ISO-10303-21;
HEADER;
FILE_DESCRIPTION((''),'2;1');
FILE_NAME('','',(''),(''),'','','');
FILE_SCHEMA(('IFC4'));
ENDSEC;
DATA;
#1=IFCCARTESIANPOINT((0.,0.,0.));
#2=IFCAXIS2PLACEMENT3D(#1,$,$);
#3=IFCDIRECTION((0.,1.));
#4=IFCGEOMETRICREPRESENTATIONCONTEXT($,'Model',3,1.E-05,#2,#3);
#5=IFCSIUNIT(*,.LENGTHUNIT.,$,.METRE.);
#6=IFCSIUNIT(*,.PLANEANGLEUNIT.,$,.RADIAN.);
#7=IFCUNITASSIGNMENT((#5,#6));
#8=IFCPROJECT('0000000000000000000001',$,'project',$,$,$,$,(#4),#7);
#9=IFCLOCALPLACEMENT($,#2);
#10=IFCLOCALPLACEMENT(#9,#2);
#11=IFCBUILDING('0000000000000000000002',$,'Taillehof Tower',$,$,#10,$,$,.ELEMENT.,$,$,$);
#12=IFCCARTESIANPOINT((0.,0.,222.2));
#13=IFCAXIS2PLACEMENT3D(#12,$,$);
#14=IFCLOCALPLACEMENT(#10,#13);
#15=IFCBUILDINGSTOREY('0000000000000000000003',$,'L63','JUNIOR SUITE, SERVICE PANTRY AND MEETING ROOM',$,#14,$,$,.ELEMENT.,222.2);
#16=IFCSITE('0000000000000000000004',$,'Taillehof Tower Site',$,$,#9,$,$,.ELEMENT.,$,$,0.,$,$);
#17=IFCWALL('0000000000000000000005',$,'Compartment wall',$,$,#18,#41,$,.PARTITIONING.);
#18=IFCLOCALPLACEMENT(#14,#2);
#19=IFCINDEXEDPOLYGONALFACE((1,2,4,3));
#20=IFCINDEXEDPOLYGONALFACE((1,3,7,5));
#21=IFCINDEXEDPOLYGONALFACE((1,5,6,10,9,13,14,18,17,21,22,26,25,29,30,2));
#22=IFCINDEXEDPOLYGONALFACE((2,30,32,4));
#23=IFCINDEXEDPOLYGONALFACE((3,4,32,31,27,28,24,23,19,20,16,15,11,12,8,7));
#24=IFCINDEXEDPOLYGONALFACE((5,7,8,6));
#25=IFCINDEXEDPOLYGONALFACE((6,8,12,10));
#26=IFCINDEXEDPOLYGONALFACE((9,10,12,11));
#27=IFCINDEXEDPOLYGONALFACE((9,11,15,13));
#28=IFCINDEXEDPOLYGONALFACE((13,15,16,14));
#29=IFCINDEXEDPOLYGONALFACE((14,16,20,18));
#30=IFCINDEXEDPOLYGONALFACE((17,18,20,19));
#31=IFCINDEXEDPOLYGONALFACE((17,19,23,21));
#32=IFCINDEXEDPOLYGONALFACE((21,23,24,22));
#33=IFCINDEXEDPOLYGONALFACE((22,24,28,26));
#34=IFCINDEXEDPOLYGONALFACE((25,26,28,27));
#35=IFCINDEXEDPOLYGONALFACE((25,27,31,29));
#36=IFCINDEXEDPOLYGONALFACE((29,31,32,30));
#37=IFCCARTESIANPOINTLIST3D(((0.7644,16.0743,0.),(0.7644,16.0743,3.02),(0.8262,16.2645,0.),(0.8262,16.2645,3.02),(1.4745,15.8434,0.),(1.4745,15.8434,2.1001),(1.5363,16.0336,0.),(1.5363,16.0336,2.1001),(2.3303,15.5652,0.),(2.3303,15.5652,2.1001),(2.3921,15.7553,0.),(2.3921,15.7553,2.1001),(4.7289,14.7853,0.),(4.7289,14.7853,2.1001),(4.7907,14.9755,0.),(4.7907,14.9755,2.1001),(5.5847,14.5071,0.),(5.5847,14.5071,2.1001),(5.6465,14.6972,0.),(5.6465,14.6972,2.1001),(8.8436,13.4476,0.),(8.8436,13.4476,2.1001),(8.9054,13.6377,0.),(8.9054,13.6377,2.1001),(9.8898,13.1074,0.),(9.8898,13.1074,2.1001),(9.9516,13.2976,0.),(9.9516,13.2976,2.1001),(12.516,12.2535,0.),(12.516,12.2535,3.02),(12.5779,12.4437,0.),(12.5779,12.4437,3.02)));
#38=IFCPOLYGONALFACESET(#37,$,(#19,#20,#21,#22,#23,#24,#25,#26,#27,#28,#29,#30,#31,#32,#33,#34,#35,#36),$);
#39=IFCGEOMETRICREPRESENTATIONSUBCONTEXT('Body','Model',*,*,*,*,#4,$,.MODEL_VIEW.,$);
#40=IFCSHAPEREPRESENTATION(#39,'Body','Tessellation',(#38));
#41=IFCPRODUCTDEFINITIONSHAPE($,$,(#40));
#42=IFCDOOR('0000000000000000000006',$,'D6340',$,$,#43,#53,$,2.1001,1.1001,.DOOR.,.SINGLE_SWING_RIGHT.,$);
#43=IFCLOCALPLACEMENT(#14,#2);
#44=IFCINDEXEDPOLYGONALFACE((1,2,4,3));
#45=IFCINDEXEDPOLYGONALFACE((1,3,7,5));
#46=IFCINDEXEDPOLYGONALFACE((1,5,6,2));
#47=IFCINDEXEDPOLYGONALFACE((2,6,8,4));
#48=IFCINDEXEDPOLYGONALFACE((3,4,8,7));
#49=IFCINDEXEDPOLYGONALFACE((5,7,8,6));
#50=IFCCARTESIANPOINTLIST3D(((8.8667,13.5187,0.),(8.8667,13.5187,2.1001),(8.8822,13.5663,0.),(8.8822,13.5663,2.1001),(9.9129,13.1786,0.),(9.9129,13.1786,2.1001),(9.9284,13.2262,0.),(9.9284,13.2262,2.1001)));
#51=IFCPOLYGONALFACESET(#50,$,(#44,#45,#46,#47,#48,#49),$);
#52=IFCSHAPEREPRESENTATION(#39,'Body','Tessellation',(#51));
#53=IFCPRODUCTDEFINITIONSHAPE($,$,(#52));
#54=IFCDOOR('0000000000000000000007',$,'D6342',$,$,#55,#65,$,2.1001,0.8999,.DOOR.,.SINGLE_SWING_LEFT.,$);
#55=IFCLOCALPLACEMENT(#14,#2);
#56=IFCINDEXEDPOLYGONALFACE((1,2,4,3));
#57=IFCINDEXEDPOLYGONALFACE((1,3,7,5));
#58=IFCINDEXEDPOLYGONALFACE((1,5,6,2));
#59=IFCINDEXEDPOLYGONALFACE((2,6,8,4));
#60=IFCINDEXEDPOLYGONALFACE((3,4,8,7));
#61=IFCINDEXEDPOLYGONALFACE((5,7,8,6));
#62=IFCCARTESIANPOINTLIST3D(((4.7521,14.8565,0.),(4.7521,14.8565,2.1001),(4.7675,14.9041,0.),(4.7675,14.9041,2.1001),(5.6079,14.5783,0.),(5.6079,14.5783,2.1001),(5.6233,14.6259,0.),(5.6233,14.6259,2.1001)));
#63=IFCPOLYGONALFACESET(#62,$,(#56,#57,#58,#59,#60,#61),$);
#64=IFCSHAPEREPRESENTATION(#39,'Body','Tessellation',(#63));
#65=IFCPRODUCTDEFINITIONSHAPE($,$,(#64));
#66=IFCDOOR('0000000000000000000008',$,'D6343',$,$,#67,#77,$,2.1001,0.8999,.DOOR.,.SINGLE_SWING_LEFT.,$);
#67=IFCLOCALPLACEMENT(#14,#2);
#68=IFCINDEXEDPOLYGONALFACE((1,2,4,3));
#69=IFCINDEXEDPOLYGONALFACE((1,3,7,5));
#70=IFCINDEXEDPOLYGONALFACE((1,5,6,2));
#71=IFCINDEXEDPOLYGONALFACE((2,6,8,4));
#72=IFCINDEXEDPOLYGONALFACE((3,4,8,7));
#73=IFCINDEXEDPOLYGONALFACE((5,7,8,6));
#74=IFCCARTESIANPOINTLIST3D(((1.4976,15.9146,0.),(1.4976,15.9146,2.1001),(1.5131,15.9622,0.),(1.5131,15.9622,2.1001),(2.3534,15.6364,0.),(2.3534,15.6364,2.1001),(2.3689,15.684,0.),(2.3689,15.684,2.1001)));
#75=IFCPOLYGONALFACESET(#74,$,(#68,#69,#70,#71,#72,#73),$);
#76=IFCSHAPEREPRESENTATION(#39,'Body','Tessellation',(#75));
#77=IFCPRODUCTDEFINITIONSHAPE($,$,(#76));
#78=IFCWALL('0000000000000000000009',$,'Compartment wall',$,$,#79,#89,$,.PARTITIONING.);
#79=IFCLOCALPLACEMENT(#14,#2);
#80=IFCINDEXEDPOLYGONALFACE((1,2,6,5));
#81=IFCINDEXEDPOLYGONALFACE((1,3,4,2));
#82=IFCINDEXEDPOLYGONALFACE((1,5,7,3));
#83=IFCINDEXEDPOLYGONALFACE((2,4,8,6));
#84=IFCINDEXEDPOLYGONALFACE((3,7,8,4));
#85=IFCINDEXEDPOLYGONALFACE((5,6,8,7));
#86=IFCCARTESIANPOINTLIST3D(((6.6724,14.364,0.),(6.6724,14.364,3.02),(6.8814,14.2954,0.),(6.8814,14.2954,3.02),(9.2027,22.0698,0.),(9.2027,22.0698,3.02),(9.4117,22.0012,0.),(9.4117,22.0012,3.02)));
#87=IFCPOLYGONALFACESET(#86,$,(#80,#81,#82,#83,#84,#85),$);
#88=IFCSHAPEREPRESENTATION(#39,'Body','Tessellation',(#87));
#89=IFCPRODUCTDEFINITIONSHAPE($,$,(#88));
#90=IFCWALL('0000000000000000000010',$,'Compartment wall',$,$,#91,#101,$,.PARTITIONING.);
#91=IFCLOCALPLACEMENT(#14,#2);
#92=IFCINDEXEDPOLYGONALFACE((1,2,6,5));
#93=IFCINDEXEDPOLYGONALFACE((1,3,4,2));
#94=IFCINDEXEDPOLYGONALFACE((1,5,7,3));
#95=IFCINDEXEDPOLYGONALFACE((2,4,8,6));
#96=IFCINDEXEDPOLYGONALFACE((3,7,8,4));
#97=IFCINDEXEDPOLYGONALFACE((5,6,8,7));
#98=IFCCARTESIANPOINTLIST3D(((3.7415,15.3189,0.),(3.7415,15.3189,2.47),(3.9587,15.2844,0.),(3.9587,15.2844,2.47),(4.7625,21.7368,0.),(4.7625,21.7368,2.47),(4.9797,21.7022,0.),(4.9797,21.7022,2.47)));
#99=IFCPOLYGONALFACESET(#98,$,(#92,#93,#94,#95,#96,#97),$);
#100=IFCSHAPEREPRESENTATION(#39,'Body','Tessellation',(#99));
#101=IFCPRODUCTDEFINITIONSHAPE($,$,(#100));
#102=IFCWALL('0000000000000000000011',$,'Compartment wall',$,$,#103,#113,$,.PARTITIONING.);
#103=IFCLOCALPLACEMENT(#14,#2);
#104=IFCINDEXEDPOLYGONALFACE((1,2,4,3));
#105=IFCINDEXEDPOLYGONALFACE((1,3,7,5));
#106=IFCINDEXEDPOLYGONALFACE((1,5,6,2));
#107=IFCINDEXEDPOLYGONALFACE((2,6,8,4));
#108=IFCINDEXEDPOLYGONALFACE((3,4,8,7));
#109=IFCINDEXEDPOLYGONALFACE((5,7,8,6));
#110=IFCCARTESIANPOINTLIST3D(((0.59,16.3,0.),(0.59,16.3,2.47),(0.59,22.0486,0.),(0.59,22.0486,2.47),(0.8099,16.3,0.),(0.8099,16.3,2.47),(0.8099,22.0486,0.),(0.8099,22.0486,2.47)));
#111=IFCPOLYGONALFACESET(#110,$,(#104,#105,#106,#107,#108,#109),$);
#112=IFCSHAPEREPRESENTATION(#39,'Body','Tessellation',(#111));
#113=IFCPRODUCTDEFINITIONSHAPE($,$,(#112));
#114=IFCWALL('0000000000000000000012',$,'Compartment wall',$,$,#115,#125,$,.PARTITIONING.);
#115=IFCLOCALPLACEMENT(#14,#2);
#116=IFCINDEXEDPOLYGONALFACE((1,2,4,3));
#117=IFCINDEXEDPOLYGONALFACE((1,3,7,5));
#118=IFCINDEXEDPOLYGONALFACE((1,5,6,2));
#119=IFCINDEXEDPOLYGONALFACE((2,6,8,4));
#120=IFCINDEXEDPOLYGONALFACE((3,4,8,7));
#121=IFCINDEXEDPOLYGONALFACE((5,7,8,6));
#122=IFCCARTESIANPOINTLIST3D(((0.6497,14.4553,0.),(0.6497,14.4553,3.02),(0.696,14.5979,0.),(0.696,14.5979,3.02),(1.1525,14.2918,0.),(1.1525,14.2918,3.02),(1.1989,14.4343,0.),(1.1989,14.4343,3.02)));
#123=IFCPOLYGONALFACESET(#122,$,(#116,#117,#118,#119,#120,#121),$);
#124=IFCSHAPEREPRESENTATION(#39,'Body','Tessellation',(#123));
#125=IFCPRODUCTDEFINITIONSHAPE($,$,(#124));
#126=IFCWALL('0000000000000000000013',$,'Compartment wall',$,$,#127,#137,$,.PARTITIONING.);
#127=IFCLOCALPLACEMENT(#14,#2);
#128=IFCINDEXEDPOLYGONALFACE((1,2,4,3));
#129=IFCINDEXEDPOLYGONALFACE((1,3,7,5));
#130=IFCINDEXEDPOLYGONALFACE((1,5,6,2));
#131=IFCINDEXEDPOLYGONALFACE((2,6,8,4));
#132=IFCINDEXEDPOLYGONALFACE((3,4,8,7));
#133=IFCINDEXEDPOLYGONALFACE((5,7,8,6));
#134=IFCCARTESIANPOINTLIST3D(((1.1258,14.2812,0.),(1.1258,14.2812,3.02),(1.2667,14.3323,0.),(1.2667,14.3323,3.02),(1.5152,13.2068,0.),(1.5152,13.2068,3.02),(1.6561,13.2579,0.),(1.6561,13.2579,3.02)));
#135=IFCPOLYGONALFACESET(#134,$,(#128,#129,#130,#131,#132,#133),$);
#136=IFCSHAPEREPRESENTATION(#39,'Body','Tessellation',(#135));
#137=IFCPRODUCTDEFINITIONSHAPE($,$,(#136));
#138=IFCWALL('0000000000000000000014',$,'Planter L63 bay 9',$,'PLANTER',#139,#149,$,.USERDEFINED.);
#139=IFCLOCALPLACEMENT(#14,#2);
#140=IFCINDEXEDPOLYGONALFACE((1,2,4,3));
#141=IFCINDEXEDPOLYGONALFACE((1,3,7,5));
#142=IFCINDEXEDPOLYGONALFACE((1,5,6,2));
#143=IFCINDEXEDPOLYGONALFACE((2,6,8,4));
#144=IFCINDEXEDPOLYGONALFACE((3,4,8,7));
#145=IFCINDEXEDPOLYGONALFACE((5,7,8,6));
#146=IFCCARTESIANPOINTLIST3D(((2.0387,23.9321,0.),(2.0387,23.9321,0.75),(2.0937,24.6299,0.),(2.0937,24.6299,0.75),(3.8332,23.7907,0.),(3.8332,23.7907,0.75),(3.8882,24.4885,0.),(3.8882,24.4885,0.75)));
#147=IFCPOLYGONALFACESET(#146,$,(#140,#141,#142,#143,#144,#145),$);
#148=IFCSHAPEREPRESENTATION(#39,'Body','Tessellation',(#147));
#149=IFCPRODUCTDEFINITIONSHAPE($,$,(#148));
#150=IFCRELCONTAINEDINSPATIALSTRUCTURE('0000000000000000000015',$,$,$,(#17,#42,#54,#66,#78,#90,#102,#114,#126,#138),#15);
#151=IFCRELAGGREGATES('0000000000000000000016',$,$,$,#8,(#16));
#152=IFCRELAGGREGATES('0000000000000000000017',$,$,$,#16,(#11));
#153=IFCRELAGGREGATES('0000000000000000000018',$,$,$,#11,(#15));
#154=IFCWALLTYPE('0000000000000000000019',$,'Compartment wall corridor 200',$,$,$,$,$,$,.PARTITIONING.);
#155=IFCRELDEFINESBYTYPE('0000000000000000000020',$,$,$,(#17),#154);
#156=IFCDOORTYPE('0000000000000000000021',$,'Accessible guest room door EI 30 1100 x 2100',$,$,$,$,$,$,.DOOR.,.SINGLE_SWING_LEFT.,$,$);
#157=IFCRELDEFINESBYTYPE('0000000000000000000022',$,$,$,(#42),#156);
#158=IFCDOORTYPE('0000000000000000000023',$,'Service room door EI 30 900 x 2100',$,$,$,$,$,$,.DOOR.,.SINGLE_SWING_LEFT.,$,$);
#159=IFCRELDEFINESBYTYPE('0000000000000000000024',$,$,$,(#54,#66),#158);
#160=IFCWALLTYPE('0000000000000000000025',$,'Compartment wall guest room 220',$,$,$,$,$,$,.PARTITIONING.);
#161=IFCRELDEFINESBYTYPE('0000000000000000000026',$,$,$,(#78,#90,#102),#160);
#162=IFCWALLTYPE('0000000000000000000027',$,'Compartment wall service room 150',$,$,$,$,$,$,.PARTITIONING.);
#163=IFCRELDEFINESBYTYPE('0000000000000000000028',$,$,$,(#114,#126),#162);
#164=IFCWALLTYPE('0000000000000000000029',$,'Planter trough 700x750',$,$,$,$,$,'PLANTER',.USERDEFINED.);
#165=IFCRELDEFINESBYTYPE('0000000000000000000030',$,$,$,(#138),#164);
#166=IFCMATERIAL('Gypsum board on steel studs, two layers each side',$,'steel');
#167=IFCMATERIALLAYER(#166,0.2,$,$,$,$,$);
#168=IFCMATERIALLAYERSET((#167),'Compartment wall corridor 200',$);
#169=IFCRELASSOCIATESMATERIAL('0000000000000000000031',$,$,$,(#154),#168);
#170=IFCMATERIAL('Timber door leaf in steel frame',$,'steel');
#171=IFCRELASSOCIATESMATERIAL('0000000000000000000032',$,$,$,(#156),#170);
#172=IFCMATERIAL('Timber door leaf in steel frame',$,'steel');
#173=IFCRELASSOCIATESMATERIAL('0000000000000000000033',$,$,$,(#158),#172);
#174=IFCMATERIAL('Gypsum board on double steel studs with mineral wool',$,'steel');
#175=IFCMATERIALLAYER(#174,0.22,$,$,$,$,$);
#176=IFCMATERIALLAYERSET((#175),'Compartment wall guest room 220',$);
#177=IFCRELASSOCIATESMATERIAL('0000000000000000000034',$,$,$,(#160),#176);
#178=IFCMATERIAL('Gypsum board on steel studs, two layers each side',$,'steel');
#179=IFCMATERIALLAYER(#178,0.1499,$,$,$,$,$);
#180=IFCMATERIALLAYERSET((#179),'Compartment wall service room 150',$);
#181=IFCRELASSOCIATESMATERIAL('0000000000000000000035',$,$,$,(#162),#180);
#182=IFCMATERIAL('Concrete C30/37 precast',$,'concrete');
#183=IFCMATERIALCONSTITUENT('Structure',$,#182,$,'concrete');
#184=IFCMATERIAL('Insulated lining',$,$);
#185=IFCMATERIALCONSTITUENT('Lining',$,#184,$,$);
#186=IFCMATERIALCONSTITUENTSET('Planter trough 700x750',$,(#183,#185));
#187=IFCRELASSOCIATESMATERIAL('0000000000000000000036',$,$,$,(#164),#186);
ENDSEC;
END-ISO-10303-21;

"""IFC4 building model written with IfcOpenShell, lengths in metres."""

from ifc_helpers import new_model, si_unit, direction, frame, frame_2d, origin, place, context, subcontext, project, spatial, rectangle, extrude, material, layer, layer_set, constituent, constituent_set, type_object, element, fill, save


model = new_model("IFC4")

# Units and contexts
model_context = context("Model", 3, precision=1e-05, world=origin(), true_north=direction((0.0, 1.0)))
body_context = subcontext(model_context, "Body", "Model", "MODEL_VIEW")
ifc_project = project(units=[si_unit("LENGTHUNIT", "METRE"), si_unit("PLANEANGLEUNIT", "RADIAN")], contexts=[model_context])

# Site, building, storey
site_placement = place(None, origin())
site = spatial("IfcSite", under=ifc_project, at=site_placement, Name="Taillehof Tower Site", CompositionType="ELEMENT", RefElevation=0.0)
building_placement = place(site_placement, origin())
building = spatial("IfcBuilding", under=site, at=building_placement, Name="Taillehof Tower", CompositionType="ELEMENT")
storey_placement = place(building_placement, frame((0.0, 0.0, 222.2)))
storey = spatial("IfcBuildingStorey", under=building, at=storey_placement, Name="L63", Description="JUNIOR SUITE, SERVICE PANTRY AND MEETING ROOM", CompositionType="ELEMENT", Elevation=222.2)

# Wall, openings, doors
ifc_material_1 = material(Name="Gypsum board on steel studs, two layers each side", Category="steel")
ifc_layer_1 = layer(ifc_material_1, 0.2)
ifc_layer_set_1 = layer_set([ifc_layer_1], Name="Compartment wall corridor 200")
wall_type_1 = type_object("IfcWallType", Name="Compartment wall corridor 200", PredefinedType="PARTITIONING", material=ifc_layer_set_1)
wall_1_placement = place(storey_placement, frame((0.7952, 16.1694, 0.0), z_axis=(0.0, 0.0, 1.0), x_axis=(0.950998, -0.309196, 0.0)))
wall_1 = element("IfcWall", 1, at=wall_1_placement, inside=storey, type_object=wall_type_1, Name="Compartment wall", PredefinedType="PARTITIONING", context=body_context, shape_type="SweptSolid", body=[
    extrude(rectangle(XDim=12.3572, YDim=0.2, at=frame_2d((6.1787, 0.0))), origin(), (0.0, 0.0, 1.0), 3.02),
])
opening_1_placement = place(wall_1_placement, frame((8.4956, 0.0, 0.0)))
opening_1 = element("IfcOpeningElement", 2, at=opening_1_placement, cuts=wall_1, PredefinedType="OPENING", context=body_context, shape_type="SweptSolid", body=[
    extrude(rectangle(XDim=1.1001, YDim=2.1001, at=frame_2d((0.55, 1.05))), frame((0.0, 0.1099, 0.0), z_axis=(0.0, -1.0, 0.0), x_axis=(1.0, 0.0, 0.0)), (0.0, 0.0, 1.0), 0.22),
])
opening_2_placement = place(wall_1_placement, frame((4.1689, 0.0, 0.0)))
opening_2 = element("IfcOpeningElement", 3, at=opening_2_placement, cuts=wall_1, PredefinedType="OPENING", context=body_context, shape_type="SweptSolid", body=[
    extrude(rectangle(XDim=0.8999, YDim=2.1001, at=frame_2d((0.45, 1.05))), frame((0.0, 0.1099, 0.0), z_axis=(0.0, -1.0, 0.0), x_axis=(1.0, 0.0, 0.0)), (0.0, 0.0, 1.0), 0.22),
])
opening_3_placement = place(wall_1_placement, frame((0.7468, 0.0, 0.0)))
opening_3 = element("IfcOpeningElement", 4, at=opening_3_placement, cuts=wall_1, PredefinedType="OPENING", context=body_context, shape_type="SweptSolid", body=[
    extrude(rectangle(XDim=0.8999, YDim=2.1001, at=frame_2d((0.45, 1.05))), frame((0.0, 0.1099, 0.0), z_axis=(0.0, -1.0, 0.0), x_axis=(1.0, 0.0, 0.0)), (0.0, 0.0, 1.0), 0.22),
])
ifc_material_2 = material(Name="Timber door leaf in steel frame", Category="steel")
door_type_1 = type_object("IfcDoorType", Name="Accessible guest room door EI 30 1100 x 2100", OperationType="SINGLE_SWING_LEFT", PredefinedType="DOOR", material=ifc_material_2)
door_1_placement = place(opening_1_placement, origin())
door_1 = element("IfcDoor", 5, at=door_1_placement, inside=storey, type_object=door_type_1, Name="D6340", OperationType="SINGLE_SWING_RIGHT", OverallHeight=2.1001, OverallWidth=1.1001, PredefinedType="DOOR", context=body_context, shape_type="SweptSolid", body=[
    extrude(rectangle(XDim=1.1001, YDim=2.1001, at=frame_2d((0.55, 1.05))), frame((0.0, 0.0249, 0.0), z_axis=(0.0, -1.0, 0.0), x_axis=(1.0, 0.0, 0.0)), (0.0, 0.0, 1.0), 0.05),
])
fill(opening_1, door_1)
ifc_material_3 = material(Name="Timber door leaf in steel frame", Category="steel")
door_type_2 = type_object("IfcDoorType", Name="Service room door EI 30 900 x 2100", OperationType="SINGLE_SWING_LEFT", PredefinedType="DOOR", material=ifc_material_3)
door_2_placement = place(opening_2_placement, origin())
door_2 = element("IfcDoor", 6, at=door_2_placement, inside=storey, type_object=door_type_2, Name="D6342", OperationType="SINGLE_SWING_LEFT", OverallHeight=2.1001, OverallWidth=0.8999, PredefinedType="DOOR", context=body_context, shape_type="SweptSolid", body=[
    extrude(rectangle(XDim=0.8999, YDim=2.1001, at=frame_2d((0.45, 1.05))), frame((0.0, 0.0249, 0.0), z_axis=(0.0, -1.0, 0.0), x_axis=(1.0, 0.0, 0.0)), (0.0, 0.0, 1.0), 0.05),
])
fill(opening_2, door_2)
door_3_placement = place(opening_3_placement, origin())
door_3 = element("IfcDoor", 7, at=door_3_placement, inside=storey, type_object=door_type_2, Name="D6343", OperationType="SINGLE_SWING_LEFT", OverallHeight=2.1001, OverallWidth=0.8999, PredefinedType="DOOR", context=body_context, shape_type="SweptSolid", body=[
    extrude(rectangle(XDim=0.8999, YDim=2.1001, at=frame_2d((0.45, 1.05))), frame((0.0, 0.0249, 0.0), z_axis=(0.0, -1.0, 0.0), x_axis=(1.0, 0.0, 0.0)), (0.0, 0.0, 1.0), 0.05),
])
fill(opening_3, door_3)

# Walls
ifc_material_4 = material(Name="Gypsum board on double steel studs with mineral wool", Category="steel")
ifc_layer_2 = layer(ifc_material_4, 0.22)
ifc_layer_set_2 = layer_set([ifc_layer_2], Name="Compartment wall guest room 220")
wall_type_2 = type_object("IfcWallType", Name="Compartment wall guest room 220", PredefinedType="PARTITIONING", material=ifc_layer_set_2)
wall_2_placement = place(storey_placement, frame((9.3071, 22.0354, 0.0), z_axis=(0.0, 0.0, 1.0), x_axis=(-0.311971, -0.950092, 0.0)))
element("IfcWall", 8, at=wall_2_placement, inside=storey, type_object=wall_type_2, Name="Compartment wall", PredefinedType="PARTITIONING", context=body_context, shape_type="SweptSolid", body=[
    extrude(rectangle(XDim=8.1106, YDim=0.22, at=frame_2d((4.0552, 0.0))), origin(), (0.0, 0.0, 1.0), 3.02),
])
wall_3_placement = place(storey_placement, frame((4.8711, 21.7195, 0.0), z_axis=(0.0, 0.0, 1.0), x_axis=(-0.157114, -0.98758, 0.0)))
element("IfcWall", 9, at=wall_3_placement, inside=storey, type_object=wall_type_2, Name="Compartment wall", PredefinedType="PARTITIONING", context=body_context, shape_type="SweptSolid", body=[
    extrude(rectangle(XDim=6.4985, YDim=0.22, at=frame_2d((3.2493, 0.0))), origin(), (0.0, 0.0, 1.0), 2.47),
])
wall_4_placement = place(storey_placement, frame((0.7, 22.0486, 0.0), z_axis=(0.0, 0.0, 1.0), x_axis=(0.0, -1.0, 0.0)))
element("IfcWall", 10, at=wall_4_placement, inside=storey, type_object=wall_type_2, Name="Compartment wall", PredefinedType="PARTITIONING", context=body_context, shape_type="SweptSolid", body=[
    extrude(rectangle(XDim=5.7485, YDim=0.22, at=frame_2d((2.8743, 0.0))), origin(), (0.0, 0.0, 1.0), 2.47),
])
ifc_material_5 = material(Name="Gypsum board on steel studs, two layers each side", Category="steel")
ifc_layer_3 = layer(ifc_material_5, 0.1499)
ifc_layer_set_3 = layer_set([ifc_layer_3], Name="Compartment wall service room 150")
wall_type_3 = type_object("IfcWallType", Name="Compartment wall service room 150", PredefinedType="PARTITIONING", material=ifc_layer_set_3)
wall_5_placement = place(storey_placement, frame((0.6729, 14.5266, 0.0), z_axis=(0.0, 0.0, 1.0), x_axis=(0.950966, -0.309295, 0.0)))
element("IfcWall", 11, at=wall_5_placement, inside=storey, type_object=wall_type_3, Name="Compartment wall", PredefinedType="PARTITIONING", context=body_context, shape_type="SweptSolid", body=[
    extrude(rectangle(XDim=0.5288, YDim=0.1499, at=frame_2d((0.2644, 0.0))), origin(), (0.0, 0.0, 1.0), 3.02),
])
wall_6_placement = place(storey_placement, frame((1.1963, 14.3066, 0.0), z_axis=(0.0, 0.0, 1.0), x_axis=(0.340731, -0.940161, 0.0)))
element("IfcWall", 12, at=wall_6_placement, inside=storey, type_object=wall_type_3, Name="Compartment wall", PredefinedType="PARTITIONING", context=body_context, shape_type="SweptSolid", body=[
    extrude(rectangle(XDim=1.1428, YDim=0.1499, at=frame_2d((0.5713, 0.0))), origin(), (0.0, 0.0, 1.0), 3.02),
])
ifc_material_6 = material(Name="Concrete C30/37 precast", Category="concrete")
ifc_constituent_1 = constituent(ifc_material_6, Name="Structure", Category="concrete")
ifc_material_7 = material(Name="Insulated lining")
ifc_constituent_2 = constituent(ifc_material_7, Name="Lining")
ifc_constituent_set = constituent_set(constituents=[ifc_constituent_1, ifc_constituent_2], Name="Planter trough 700x750")
wall_type_4 = type_object("IfcWallType", Name="Planter trough 700x750", ElementType="PLANTER", PredefinedType="USERDEFINED", material=ifc_constituent_set)
wall_7_placement = place(storey_placement, frame((3.8606, 24.1396, 0.0), z_axis=(0.0, 0.0, 1.0), x_axis=(-0.996912, 0.078532, 0.0)))
element("IfcWall", 13, at=wall_7_placement, inside=storey, type_object=wall_type_4, Name="Planter L63 bay 9", ObjectType="PLANTER", PredefinedType="USERDEFINED", context=body_context, shape_type="SweptSolid", body=[
    extrude(rectangle(XDim=1.8, YDim=0.7, at=frame_2d((0.8999, 0.0))), origin(), (0.0, 0.0, 1.0), 0.75),
])

save(model, "model.ifc")
